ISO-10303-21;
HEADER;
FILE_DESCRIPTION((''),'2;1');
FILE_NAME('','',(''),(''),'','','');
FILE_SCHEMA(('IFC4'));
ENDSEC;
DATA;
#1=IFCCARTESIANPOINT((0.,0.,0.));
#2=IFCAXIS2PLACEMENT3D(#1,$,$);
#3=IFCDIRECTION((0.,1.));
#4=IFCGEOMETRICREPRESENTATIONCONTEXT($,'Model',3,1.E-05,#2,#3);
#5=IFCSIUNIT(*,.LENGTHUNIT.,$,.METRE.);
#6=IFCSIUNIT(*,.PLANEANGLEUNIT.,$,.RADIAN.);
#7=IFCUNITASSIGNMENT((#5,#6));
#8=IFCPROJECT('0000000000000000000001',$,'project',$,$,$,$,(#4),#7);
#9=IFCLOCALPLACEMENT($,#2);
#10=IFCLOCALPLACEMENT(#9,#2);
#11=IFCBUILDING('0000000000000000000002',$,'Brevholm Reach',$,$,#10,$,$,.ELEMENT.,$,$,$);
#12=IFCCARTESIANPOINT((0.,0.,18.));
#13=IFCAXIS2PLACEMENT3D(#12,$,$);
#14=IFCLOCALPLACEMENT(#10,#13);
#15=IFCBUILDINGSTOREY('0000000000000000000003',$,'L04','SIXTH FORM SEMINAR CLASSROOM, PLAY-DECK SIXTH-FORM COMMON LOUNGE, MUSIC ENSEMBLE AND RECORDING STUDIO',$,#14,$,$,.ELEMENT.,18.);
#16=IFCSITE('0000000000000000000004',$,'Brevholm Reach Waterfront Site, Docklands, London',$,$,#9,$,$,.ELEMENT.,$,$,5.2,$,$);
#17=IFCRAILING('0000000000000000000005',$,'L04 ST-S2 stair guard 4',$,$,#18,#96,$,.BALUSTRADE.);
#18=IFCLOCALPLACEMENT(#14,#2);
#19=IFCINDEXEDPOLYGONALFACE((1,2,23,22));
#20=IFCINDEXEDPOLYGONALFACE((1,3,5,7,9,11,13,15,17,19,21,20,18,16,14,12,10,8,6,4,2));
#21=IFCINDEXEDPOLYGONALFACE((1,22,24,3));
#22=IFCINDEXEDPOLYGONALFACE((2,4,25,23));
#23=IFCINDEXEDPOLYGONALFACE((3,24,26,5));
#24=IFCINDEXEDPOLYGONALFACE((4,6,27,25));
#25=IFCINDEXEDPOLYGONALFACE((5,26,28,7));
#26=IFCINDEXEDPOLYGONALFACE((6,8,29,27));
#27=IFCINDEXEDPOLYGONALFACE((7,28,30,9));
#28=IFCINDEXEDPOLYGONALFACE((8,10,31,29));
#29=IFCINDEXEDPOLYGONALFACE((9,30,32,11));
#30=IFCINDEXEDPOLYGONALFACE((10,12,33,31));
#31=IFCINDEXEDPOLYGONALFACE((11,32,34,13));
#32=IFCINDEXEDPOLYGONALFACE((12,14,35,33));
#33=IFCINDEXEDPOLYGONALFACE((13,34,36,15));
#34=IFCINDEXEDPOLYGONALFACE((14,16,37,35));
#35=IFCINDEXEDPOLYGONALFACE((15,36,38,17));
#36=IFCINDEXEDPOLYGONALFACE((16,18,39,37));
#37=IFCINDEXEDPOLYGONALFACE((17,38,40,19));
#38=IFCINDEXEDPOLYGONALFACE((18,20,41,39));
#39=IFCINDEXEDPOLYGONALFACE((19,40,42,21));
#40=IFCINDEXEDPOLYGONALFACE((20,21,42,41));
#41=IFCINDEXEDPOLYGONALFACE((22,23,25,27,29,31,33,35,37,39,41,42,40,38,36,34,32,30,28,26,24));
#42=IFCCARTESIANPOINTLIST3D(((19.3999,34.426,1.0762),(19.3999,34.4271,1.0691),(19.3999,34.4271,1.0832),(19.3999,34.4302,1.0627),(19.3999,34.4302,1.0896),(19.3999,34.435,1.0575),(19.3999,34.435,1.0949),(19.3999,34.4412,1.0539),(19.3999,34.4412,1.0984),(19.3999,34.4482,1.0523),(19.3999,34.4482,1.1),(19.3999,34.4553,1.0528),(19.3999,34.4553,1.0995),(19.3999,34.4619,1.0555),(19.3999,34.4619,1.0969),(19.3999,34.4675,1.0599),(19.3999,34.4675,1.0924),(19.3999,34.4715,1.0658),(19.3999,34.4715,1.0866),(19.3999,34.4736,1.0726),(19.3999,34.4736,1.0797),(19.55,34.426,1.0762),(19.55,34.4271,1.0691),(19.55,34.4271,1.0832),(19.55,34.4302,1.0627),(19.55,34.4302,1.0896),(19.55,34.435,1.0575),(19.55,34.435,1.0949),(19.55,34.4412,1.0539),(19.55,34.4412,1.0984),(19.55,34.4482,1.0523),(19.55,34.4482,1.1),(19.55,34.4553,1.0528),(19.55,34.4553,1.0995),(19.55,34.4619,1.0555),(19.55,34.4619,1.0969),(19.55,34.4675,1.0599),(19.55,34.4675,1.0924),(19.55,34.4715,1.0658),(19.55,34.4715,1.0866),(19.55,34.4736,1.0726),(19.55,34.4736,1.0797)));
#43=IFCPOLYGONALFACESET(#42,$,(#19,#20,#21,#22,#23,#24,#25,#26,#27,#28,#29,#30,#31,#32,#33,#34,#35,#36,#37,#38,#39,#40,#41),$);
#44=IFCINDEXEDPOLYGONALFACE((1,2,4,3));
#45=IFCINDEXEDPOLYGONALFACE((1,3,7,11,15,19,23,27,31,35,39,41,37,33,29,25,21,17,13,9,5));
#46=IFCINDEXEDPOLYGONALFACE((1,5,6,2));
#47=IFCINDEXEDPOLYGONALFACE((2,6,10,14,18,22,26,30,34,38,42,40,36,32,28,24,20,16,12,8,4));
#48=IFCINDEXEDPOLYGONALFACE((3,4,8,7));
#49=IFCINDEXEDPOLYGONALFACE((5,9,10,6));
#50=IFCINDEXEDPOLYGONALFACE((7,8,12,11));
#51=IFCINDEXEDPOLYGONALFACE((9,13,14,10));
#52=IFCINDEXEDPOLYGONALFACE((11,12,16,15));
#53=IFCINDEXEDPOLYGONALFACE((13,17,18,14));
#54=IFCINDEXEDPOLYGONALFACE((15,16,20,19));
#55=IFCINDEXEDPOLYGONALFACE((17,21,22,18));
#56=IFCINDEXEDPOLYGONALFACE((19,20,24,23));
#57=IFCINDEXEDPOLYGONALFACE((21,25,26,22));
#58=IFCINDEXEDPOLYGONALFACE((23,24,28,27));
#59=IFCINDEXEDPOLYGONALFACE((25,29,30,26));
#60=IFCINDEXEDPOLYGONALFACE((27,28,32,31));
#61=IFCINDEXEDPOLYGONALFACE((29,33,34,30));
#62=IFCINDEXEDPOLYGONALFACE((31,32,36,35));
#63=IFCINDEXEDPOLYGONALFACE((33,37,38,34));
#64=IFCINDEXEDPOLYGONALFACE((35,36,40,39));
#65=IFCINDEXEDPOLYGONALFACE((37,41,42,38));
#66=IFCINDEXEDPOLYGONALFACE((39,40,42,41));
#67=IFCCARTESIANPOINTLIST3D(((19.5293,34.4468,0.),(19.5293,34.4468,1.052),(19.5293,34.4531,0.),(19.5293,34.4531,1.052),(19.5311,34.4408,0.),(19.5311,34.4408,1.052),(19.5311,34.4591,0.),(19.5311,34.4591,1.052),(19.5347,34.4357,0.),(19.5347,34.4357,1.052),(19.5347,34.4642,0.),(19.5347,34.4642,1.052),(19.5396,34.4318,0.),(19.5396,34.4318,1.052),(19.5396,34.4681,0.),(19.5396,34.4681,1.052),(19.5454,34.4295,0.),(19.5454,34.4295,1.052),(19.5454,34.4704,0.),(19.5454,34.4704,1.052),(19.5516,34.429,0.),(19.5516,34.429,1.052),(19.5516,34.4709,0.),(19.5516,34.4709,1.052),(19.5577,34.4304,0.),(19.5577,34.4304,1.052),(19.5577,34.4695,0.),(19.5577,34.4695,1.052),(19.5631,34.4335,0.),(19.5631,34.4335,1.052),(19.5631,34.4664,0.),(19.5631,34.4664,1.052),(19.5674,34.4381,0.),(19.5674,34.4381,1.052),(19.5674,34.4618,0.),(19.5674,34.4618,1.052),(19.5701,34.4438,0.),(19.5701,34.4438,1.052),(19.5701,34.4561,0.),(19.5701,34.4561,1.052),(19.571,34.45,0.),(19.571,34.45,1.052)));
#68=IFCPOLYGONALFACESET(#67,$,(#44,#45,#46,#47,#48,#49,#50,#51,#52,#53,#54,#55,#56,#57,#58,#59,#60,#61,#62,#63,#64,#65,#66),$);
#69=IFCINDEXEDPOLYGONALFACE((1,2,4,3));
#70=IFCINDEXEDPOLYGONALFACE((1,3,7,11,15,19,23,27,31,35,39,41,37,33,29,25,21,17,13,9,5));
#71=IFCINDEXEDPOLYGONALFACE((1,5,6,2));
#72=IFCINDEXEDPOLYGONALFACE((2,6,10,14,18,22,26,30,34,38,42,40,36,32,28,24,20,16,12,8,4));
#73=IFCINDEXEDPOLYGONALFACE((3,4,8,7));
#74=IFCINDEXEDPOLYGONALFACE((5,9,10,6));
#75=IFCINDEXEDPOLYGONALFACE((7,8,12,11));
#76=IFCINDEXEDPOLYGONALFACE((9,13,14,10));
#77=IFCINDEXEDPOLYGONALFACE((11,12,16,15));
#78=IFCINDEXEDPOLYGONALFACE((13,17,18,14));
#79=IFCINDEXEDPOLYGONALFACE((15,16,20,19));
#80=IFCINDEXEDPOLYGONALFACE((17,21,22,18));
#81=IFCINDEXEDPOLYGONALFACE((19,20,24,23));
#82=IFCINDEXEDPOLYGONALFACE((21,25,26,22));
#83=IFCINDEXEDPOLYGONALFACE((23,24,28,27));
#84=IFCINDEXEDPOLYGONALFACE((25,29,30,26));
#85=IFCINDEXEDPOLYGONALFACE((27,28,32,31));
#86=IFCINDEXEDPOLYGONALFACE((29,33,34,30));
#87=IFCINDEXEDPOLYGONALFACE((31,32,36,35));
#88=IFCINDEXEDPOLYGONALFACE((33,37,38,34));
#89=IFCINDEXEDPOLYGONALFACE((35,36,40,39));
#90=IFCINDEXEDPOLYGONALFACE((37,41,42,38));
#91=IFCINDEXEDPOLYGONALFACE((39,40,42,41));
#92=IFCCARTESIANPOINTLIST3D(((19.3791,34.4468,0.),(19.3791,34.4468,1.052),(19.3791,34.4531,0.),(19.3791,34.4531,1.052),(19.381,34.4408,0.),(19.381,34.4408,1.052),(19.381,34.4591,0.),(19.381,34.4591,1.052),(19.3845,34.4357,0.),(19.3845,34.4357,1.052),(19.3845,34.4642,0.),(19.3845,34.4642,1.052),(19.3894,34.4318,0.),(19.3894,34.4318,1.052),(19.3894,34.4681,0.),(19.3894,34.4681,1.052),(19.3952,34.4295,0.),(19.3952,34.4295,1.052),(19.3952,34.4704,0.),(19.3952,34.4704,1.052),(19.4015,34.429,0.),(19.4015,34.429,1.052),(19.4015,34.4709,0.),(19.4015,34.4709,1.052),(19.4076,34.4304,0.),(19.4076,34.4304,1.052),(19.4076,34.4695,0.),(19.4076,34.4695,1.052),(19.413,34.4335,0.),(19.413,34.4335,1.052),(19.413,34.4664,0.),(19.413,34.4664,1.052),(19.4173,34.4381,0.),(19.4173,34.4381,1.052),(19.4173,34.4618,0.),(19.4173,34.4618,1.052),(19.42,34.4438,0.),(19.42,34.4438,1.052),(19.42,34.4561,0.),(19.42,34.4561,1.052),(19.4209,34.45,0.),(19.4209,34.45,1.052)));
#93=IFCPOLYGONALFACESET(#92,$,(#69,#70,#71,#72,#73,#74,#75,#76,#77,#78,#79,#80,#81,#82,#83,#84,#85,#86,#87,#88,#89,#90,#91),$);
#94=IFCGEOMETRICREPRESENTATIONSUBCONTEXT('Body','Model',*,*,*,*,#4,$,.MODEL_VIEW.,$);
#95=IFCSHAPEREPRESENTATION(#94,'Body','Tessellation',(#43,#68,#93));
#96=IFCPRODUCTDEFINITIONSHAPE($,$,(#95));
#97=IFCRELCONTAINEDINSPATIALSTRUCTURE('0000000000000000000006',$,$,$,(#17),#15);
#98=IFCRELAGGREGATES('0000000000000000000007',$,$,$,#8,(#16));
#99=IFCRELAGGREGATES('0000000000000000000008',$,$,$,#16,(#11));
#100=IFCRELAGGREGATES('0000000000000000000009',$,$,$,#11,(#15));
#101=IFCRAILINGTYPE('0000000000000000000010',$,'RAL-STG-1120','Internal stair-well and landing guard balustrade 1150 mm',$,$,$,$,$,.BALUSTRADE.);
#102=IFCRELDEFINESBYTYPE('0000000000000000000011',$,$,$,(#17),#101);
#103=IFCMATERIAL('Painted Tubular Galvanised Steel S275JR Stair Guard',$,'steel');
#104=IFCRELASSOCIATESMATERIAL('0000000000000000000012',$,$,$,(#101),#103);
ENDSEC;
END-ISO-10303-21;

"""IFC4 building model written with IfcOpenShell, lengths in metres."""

from ifc_helpers import new_model, si_unit, direction, frame, origin, origin_2d, place, context, subcontext, project, spatial, circle, extrude, material, type_object, element, save


model = new_model("IFC4")

# Units and contexts
model_context = context("Model", 3, precision=1e-05, world=origin(), true_north=direction((0.0, 1.0)))
body_context = subcontext(model_context, "Body", "Model", "MODEL_VIEW")
ifc_project = project(units=[si_unit("LENGTHUNIT", "METRE"), si_unit("PLANEANGLEUNIT", "RADIAN")], contexts=[model_context])

# Site, building, storey
site_placement = place(None, origin())
site = spatial("IfcSite", under=ifc_project, at=site_placement, Name="Brevholm Reach Waterfront Site, Docklands, London", CompositionType="ELEMENT", RefElevation=5.2)
building_placement = place(site_placement, origin())
building = spatial("IfcBuilding", under=site, at=building_placement, Name="Brevholm Reach", CompositionType="ELEMENT")
storey_placement = place(building_placement, frame((0.0, 0.0, 18.0)))
storey = spatial("IfcBuildingStorey", under=building, at=storey_placement, Name="L04", Description="SIXTH FORM SEMINAR CLASSROOM, PLAY-DECK SIXTH-FORM COMMON LOUNGE, MUSIC ENSEMBLE AND RECORDING STUDIO", CompositionType="ELEMENT", Elevation=18.0)

# Railing
ifc_material_1 = material(Name="Painted Tubular Galvanised Steel S275JR Stair Guard", Category="steel")
railing_type_1 = type_object("IfcRailingType", Name="RAL-STG-1120", Description="Internal stair-well and landing guard balustrade 1150 mm", PredefinedType="BALUSTRADE", material=ifc_material_1)
railing_1_placement = place(storey_placement, frame((19.55, 34.45, 0.0)))
element("IfcRailing", 1, at=railing_1_placement, inside=storey, type_object=railing_type_1, Name="L04 ST-S2 stair guard 4", PredefinedType="BALUSTRADE", context=body_context, shape_type="SweptSolid", body=[
    extrude(circle(Radius=0.0239, at=origin_2d()), frame((0.0, 0.0, 1.0762), z_axis=(-1.0, 0.0, 0.0), x_axis=(0.0, -1.0, 0.0)), (0.0, 0.0, 1.0), 0.1501),
    extrude(circle(Radius=0.021, at=origin_2d()), origin(), (0.0, 0.0, 1.0), 1.052),
    extrude(circle(Radius=0.021, at=origin_2d()), frame((-0.1501, 0.0, 0.0)), (0.0, 0.0, 1.0), 1.052),
])

save(model, "model.ifc")
